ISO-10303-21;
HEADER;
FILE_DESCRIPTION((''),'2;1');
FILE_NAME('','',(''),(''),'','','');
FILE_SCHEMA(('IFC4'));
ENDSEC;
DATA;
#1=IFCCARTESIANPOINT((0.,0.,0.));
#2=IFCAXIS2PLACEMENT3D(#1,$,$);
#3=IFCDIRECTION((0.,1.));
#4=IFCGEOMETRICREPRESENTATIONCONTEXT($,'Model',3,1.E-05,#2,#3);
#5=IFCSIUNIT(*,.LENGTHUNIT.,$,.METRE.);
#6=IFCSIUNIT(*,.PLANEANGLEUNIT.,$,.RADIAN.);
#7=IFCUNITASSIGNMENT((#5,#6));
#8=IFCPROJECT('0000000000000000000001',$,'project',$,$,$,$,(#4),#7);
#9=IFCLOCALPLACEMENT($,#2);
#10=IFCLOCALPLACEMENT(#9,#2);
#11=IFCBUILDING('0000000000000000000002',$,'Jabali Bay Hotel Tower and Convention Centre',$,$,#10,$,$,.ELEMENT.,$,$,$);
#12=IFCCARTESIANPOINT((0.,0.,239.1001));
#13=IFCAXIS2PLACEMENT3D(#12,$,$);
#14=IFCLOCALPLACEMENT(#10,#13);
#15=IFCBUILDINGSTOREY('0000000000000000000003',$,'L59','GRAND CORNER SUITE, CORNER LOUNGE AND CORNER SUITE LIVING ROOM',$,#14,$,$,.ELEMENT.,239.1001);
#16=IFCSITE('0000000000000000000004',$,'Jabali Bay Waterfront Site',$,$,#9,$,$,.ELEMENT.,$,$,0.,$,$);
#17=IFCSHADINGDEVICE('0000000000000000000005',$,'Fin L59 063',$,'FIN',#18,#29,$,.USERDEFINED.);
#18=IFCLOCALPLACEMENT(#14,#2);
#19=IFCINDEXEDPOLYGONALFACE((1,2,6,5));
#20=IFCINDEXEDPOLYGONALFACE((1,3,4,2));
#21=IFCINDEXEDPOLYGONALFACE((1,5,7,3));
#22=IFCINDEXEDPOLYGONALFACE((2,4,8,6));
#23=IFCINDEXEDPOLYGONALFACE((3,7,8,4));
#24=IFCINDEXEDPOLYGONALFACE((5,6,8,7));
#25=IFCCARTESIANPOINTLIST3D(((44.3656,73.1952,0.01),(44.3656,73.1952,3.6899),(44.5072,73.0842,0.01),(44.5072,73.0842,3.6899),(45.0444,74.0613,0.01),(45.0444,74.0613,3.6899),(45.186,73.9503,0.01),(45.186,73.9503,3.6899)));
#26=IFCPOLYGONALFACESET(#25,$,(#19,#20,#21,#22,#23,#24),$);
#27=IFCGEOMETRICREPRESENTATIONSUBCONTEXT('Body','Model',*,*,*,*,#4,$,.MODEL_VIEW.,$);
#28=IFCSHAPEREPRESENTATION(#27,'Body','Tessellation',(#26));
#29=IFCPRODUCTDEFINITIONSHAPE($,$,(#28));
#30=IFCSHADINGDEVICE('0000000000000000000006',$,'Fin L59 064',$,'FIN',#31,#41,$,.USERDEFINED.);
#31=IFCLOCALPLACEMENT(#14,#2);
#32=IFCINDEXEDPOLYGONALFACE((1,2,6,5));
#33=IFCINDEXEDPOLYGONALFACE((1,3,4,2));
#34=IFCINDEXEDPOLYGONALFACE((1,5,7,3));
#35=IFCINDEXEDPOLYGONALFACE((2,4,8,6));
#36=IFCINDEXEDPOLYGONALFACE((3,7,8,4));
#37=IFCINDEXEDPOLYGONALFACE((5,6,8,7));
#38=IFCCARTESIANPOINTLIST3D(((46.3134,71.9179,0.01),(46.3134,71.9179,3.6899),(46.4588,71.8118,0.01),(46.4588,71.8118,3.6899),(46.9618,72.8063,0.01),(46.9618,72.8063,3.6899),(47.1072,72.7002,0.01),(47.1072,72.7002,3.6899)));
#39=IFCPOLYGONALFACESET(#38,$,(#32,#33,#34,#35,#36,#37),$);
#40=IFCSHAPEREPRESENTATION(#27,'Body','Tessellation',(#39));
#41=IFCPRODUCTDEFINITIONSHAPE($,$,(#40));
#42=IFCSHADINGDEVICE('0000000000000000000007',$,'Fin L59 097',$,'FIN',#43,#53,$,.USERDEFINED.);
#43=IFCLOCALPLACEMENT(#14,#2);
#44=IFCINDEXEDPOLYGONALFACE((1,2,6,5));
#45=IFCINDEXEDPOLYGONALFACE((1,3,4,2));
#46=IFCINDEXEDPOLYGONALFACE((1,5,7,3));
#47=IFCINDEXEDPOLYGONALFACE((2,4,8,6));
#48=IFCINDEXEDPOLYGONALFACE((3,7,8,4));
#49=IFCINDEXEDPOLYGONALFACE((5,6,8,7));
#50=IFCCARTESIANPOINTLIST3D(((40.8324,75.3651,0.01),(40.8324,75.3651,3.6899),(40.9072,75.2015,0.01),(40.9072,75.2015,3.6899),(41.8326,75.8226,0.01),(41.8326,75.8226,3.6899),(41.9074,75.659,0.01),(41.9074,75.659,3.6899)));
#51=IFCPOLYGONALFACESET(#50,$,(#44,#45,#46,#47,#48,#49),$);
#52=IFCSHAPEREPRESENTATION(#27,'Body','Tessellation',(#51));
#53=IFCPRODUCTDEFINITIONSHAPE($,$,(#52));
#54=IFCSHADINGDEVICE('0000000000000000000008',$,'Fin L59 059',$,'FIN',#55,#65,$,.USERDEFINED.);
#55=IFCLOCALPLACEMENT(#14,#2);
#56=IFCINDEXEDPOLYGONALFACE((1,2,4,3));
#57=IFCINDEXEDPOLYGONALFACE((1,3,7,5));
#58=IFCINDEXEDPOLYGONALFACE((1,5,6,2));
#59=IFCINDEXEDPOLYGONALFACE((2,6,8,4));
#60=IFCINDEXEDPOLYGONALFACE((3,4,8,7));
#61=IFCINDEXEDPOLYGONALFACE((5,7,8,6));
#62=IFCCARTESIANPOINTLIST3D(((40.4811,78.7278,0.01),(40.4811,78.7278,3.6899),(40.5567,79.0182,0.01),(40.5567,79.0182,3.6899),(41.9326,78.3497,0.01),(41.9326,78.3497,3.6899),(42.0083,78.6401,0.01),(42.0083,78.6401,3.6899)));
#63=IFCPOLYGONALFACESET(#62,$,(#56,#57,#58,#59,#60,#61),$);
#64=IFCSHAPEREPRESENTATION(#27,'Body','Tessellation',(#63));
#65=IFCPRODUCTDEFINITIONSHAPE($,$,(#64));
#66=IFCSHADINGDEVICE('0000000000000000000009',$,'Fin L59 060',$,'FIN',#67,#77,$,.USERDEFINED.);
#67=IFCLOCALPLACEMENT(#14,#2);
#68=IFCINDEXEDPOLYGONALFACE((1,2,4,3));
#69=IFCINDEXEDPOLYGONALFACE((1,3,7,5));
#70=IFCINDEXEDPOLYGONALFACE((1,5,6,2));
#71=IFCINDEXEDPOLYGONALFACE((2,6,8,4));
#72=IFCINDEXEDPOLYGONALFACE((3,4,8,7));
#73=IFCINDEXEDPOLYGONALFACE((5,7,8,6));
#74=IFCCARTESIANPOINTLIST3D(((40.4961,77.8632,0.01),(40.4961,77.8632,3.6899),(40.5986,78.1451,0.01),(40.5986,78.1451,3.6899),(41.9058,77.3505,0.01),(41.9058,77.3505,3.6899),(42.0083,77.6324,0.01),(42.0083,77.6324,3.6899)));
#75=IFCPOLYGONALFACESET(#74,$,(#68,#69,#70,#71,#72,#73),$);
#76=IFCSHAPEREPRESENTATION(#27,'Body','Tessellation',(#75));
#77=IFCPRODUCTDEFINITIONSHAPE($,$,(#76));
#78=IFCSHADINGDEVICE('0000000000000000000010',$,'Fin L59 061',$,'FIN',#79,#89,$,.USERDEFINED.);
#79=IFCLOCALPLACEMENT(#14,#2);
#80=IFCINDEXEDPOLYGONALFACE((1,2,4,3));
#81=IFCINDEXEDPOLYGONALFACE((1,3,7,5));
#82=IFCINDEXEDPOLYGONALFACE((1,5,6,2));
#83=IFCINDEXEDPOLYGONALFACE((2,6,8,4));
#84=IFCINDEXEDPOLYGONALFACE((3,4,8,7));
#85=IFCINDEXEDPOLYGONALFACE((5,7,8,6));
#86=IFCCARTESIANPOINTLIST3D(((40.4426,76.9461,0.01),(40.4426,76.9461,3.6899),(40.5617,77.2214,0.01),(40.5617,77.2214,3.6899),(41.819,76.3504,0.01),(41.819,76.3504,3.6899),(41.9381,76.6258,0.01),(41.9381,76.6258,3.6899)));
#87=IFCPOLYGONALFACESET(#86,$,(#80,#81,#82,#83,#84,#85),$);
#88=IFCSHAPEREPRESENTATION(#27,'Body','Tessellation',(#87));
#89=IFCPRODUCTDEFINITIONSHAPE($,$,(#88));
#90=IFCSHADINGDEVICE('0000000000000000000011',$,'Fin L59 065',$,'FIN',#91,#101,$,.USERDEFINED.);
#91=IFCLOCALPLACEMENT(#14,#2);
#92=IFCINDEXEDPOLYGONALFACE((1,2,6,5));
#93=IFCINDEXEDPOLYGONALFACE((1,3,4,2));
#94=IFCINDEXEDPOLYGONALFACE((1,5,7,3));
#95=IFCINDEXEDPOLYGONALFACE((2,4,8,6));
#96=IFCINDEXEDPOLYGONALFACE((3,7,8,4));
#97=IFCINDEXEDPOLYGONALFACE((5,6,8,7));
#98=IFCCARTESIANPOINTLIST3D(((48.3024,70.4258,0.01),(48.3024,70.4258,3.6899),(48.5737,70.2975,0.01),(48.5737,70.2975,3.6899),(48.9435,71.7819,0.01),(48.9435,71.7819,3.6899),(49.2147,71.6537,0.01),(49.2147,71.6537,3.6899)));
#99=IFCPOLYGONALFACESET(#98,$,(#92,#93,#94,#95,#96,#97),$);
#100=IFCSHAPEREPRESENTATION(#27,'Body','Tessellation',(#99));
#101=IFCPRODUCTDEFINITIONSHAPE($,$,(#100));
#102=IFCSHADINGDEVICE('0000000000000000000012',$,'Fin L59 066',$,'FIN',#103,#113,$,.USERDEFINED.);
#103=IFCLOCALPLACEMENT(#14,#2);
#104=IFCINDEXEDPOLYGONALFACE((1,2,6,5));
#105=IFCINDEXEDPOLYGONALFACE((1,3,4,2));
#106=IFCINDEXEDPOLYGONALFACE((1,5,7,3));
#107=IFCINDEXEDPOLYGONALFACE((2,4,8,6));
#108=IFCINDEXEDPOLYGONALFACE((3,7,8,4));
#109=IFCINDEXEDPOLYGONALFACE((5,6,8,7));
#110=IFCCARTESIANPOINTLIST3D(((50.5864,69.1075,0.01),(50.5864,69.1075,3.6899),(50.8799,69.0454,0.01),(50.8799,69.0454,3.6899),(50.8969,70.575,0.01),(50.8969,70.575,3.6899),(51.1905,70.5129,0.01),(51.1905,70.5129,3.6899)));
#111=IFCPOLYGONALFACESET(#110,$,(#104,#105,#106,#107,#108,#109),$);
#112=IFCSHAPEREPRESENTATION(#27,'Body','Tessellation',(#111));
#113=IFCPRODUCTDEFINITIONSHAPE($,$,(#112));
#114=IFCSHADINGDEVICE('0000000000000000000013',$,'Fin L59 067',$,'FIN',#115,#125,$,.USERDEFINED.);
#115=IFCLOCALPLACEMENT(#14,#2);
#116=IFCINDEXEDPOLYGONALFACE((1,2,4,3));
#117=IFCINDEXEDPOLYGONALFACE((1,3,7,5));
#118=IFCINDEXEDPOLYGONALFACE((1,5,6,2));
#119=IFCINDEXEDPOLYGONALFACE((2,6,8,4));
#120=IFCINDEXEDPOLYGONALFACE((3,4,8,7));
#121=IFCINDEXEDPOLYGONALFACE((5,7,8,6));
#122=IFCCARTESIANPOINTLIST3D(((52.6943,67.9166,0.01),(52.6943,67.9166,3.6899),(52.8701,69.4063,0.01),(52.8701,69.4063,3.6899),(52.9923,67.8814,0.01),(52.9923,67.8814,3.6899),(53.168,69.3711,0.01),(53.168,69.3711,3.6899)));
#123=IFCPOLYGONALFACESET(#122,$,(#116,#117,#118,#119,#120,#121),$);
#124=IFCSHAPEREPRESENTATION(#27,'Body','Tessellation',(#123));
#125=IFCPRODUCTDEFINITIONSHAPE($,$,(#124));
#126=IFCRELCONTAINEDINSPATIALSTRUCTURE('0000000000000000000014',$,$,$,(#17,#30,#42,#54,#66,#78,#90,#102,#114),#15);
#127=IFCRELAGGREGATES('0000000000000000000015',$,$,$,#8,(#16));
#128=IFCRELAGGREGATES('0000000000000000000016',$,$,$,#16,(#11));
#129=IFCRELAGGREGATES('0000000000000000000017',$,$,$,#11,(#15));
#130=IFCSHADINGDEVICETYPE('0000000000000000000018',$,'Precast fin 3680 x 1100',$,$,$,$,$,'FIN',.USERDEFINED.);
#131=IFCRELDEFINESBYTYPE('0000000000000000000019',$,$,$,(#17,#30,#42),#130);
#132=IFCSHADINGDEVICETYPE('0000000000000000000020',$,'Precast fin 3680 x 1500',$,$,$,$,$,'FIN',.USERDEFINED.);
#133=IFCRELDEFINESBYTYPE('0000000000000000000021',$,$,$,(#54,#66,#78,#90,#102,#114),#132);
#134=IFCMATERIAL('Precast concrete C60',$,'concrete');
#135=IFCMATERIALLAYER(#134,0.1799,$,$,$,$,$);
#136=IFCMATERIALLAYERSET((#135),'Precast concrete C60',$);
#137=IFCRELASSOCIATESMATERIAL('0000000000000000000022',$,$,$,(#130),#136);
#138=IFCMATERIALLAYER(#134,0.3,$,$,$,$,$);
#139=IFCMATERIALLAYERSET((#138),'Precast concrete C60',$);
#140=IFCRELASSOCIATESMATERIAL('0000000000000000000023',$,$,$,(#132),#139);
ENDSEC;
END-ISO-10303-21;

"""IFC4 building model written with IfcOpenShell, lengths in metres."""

from ifc_helpers import new_model, si_unit, direction, frame, frame_2d, origin, place, context, subcontext, project, spatial, rectangle, extrude, material, layer, layer_set, type_object, element, save


model = new_model("IFC4")

# Units and contexts
model_context = context("Model", 3, precision=1e-05, world=origin(), true_north=direction((0.0, 1.0)))
body_context = subcontext(model_context, "Body", "Model", "MODEL_VIEW")
ifc_project = project(units=[si_unit("LENGTHUNIT", "METRE"), si_unit("PLANEANGLEUNIT", "RADIAN")], contexts=[model_context])

# Site, building, storey
site_placement = place(None, origin())
site = spatial("IfcSite", under=ifc_project, at=site_placement, Name="Jabali Bay Waterfront Site", CompositionType="ELEMENT", RefElevation=0.0)
building_placement = place(site_placement, origin())
building = spatial("IfcBuilding", under=site, at=building_placement, Name="Jabali Bay Hotel Tower and Convention Centre", CompositionType="ELEMENT")
storey_placement = place(building_placement, frame((0.0, 0.0, 239.1001)))
storey = spatial("IfcBuildingStorey", under=building, at=storey_placement, Name="L59", Description="GRAND CORNER SUITE, CORNER LOUNGE AND CORNER SUITE LIVING ROOM", CompositionType="ELEMENT", Elevation=239.1001)

# Shading devices
ifc_material_1 = material(Name="Precast concrete C60", Category="concrete")
ifc_layer_1 = layer(ifc_material_1, 0.1799)
ifc_layer_set_1 = layer_set([ifc_layer_1], Name="Precast concrete C60")
shading_device_type_1 = type_object("IfcShadingDeviceType", Name="Precast fin 3680 x 1100", ElementType="FIN", PredefinedType="USERDEFINED", material=ifc_layer_set_1)
shading_device_1_placement = place(storey_placement, frame((45.1152, 74.0059, 0.01), z_axis=(0.0, 0.0, 1.0), x_axis=(-0.616871, -0.787065, 0.0)))
element("IfcShadingDevice", 1, at=shading_device_1_placement, inside=storey, type_object=shading_device_type_1, Name="Fin L59 063", ObjectType="FIN", PredefinedType="USERDEFINED", context=body_context, shape_type="SweptSolid", body=[
    extrude(rectangle(XDim=1.1003, YDim=0.1799, at=frame_2d((0.5503, 0.0))), origin(), (0.0, 0.0, 1.0), 3.6799),
])
for number, where, z_axis, x_axis, name in (
    (2, (47.0344, 72.7532, 0.01), (0.0, 0.0, 1.0), (-0.589543, -0.807737, 0.0), "Fin L59 064"),
    (3, (41.8699, 75.7407, 0.01), (0.0, 0.0, 1.0), (-0.909383, -0.415959, 0.0), "Fin L59 097"),
):
    element("IfcShadingDevice", number, at=place(storey_placement, frame(where, z_axis=z_axis, x_axis=x_axis)), inside=storey, type_object=shading_device_type_1, Name=name, ObjectType="FIN", PredefinedType="USERDEFINED", context=body_context, shape_type="SweptSolid", body=[
        extrude(rectangle(XDim=1.0999, YDim=0.1799, at=frame_2d((0.5498, 0.0))), origin(), (0.0, 0.0, 1.0), 3.6799),
    ])
ifc_layer_2 = layer(ifc_material_1, 0.3)
ifc_layer_set_2 = layer_set([ifc_layer_2], Name="Precast concrete C60")
shading_device_type_2 = type_object("IfcShadingDeviceType", Name="Precast fin 3680 x 1500", ElementType="FIN", PredefinedType="USERDEFINED", material=ifc_layer_set_2)
for number, where, z_axis, x_axis, name in (
    (4, (41.9705, 78.4949, 0.01), (0.0, 0.0, 1.0), (-0.967702, 0.252097, 0.0), "Fin L59 059"),
    (5, (41.957, 77.4915, 0.01), (0.0, 0.0, 1.0), (-0.939774, 0.341795, 0.0), "Fin L59 060"),
):
    element("IfcShadingDevice", number, at=place(storey_placement, frame(where, z_axis=z_axis, x_axis=x_axis)), inside=storey, type_object=shading_device_type_2, Name=name, ObjectType="FIN", PredefinedType="USERDEFINED", context=body_context, shape_type="SweptSolid", body=[
        extrude(rectangle(XDim=1.5, YDim=0.3, at=frame_2d((0.75, 0.0))), origin(), (0.0, 0.0, 1.0), 3.6799),
    ])
shading_device_2_placement = place(storey_placement, frame((41.8787, 76.488, 0.01), z_axis=(0.0, 0.0, 1.0), x_axis=(-0.917742, 0.397178, 0.0)))
element("IfcShadingDevice", 6, at=shading_device_2_placement, inside=storey, type_object=shading_device_type_2, Name="Fin L59 061", ObjectType="FIN", PredefinedType="USERDEFINED", context=body_context, shape_type="SweptSolid", body=[
    extrude(rectangle(XDim=1.4998, YDim=0.3, at=frame_2d((0.75, 0.0))), origin(), (0.0, 0.0, 1.0), 3.6799),
])
for number, where, z_axis, x_axis, name in (
    (7, (49.0791, 71.7178, 0.01), (0.0, 0.0, 1.0), (-0.42738, -0.904072, 0.0), "Fin L59 065"),
    (8, (51.0437, 70.5439, 0.01), (0.0, 0.0, 1.0), (-0.207027, -0.978335, 0.0), "Fin L59 066"),
    (9, (53.019, 69.3887, 0.01), (0.0, 0.0, 1.0), (-0.117181, -0.993111, 0.0), "Fin L59 067"),
):
    element("IfcShadingDevice", number, at=place(storey_placement, frame(where, z_axis=z_axis, x_axis=x_axis)), inside=storey, type_object=shading_device_type_2, Name=name, ObjectType="FIN", PredefinedType="USERDEFINED", context=body_context, shape_type="SweptSolid", body=[
        extrude(rectangle(XDim=1.5, YDim=0.3, at=frame_2d((0.75, 0.0))), origin(), (0.0, 0.0, 1.0), 3.6799),
    ])

save(model, "model.ifc")
